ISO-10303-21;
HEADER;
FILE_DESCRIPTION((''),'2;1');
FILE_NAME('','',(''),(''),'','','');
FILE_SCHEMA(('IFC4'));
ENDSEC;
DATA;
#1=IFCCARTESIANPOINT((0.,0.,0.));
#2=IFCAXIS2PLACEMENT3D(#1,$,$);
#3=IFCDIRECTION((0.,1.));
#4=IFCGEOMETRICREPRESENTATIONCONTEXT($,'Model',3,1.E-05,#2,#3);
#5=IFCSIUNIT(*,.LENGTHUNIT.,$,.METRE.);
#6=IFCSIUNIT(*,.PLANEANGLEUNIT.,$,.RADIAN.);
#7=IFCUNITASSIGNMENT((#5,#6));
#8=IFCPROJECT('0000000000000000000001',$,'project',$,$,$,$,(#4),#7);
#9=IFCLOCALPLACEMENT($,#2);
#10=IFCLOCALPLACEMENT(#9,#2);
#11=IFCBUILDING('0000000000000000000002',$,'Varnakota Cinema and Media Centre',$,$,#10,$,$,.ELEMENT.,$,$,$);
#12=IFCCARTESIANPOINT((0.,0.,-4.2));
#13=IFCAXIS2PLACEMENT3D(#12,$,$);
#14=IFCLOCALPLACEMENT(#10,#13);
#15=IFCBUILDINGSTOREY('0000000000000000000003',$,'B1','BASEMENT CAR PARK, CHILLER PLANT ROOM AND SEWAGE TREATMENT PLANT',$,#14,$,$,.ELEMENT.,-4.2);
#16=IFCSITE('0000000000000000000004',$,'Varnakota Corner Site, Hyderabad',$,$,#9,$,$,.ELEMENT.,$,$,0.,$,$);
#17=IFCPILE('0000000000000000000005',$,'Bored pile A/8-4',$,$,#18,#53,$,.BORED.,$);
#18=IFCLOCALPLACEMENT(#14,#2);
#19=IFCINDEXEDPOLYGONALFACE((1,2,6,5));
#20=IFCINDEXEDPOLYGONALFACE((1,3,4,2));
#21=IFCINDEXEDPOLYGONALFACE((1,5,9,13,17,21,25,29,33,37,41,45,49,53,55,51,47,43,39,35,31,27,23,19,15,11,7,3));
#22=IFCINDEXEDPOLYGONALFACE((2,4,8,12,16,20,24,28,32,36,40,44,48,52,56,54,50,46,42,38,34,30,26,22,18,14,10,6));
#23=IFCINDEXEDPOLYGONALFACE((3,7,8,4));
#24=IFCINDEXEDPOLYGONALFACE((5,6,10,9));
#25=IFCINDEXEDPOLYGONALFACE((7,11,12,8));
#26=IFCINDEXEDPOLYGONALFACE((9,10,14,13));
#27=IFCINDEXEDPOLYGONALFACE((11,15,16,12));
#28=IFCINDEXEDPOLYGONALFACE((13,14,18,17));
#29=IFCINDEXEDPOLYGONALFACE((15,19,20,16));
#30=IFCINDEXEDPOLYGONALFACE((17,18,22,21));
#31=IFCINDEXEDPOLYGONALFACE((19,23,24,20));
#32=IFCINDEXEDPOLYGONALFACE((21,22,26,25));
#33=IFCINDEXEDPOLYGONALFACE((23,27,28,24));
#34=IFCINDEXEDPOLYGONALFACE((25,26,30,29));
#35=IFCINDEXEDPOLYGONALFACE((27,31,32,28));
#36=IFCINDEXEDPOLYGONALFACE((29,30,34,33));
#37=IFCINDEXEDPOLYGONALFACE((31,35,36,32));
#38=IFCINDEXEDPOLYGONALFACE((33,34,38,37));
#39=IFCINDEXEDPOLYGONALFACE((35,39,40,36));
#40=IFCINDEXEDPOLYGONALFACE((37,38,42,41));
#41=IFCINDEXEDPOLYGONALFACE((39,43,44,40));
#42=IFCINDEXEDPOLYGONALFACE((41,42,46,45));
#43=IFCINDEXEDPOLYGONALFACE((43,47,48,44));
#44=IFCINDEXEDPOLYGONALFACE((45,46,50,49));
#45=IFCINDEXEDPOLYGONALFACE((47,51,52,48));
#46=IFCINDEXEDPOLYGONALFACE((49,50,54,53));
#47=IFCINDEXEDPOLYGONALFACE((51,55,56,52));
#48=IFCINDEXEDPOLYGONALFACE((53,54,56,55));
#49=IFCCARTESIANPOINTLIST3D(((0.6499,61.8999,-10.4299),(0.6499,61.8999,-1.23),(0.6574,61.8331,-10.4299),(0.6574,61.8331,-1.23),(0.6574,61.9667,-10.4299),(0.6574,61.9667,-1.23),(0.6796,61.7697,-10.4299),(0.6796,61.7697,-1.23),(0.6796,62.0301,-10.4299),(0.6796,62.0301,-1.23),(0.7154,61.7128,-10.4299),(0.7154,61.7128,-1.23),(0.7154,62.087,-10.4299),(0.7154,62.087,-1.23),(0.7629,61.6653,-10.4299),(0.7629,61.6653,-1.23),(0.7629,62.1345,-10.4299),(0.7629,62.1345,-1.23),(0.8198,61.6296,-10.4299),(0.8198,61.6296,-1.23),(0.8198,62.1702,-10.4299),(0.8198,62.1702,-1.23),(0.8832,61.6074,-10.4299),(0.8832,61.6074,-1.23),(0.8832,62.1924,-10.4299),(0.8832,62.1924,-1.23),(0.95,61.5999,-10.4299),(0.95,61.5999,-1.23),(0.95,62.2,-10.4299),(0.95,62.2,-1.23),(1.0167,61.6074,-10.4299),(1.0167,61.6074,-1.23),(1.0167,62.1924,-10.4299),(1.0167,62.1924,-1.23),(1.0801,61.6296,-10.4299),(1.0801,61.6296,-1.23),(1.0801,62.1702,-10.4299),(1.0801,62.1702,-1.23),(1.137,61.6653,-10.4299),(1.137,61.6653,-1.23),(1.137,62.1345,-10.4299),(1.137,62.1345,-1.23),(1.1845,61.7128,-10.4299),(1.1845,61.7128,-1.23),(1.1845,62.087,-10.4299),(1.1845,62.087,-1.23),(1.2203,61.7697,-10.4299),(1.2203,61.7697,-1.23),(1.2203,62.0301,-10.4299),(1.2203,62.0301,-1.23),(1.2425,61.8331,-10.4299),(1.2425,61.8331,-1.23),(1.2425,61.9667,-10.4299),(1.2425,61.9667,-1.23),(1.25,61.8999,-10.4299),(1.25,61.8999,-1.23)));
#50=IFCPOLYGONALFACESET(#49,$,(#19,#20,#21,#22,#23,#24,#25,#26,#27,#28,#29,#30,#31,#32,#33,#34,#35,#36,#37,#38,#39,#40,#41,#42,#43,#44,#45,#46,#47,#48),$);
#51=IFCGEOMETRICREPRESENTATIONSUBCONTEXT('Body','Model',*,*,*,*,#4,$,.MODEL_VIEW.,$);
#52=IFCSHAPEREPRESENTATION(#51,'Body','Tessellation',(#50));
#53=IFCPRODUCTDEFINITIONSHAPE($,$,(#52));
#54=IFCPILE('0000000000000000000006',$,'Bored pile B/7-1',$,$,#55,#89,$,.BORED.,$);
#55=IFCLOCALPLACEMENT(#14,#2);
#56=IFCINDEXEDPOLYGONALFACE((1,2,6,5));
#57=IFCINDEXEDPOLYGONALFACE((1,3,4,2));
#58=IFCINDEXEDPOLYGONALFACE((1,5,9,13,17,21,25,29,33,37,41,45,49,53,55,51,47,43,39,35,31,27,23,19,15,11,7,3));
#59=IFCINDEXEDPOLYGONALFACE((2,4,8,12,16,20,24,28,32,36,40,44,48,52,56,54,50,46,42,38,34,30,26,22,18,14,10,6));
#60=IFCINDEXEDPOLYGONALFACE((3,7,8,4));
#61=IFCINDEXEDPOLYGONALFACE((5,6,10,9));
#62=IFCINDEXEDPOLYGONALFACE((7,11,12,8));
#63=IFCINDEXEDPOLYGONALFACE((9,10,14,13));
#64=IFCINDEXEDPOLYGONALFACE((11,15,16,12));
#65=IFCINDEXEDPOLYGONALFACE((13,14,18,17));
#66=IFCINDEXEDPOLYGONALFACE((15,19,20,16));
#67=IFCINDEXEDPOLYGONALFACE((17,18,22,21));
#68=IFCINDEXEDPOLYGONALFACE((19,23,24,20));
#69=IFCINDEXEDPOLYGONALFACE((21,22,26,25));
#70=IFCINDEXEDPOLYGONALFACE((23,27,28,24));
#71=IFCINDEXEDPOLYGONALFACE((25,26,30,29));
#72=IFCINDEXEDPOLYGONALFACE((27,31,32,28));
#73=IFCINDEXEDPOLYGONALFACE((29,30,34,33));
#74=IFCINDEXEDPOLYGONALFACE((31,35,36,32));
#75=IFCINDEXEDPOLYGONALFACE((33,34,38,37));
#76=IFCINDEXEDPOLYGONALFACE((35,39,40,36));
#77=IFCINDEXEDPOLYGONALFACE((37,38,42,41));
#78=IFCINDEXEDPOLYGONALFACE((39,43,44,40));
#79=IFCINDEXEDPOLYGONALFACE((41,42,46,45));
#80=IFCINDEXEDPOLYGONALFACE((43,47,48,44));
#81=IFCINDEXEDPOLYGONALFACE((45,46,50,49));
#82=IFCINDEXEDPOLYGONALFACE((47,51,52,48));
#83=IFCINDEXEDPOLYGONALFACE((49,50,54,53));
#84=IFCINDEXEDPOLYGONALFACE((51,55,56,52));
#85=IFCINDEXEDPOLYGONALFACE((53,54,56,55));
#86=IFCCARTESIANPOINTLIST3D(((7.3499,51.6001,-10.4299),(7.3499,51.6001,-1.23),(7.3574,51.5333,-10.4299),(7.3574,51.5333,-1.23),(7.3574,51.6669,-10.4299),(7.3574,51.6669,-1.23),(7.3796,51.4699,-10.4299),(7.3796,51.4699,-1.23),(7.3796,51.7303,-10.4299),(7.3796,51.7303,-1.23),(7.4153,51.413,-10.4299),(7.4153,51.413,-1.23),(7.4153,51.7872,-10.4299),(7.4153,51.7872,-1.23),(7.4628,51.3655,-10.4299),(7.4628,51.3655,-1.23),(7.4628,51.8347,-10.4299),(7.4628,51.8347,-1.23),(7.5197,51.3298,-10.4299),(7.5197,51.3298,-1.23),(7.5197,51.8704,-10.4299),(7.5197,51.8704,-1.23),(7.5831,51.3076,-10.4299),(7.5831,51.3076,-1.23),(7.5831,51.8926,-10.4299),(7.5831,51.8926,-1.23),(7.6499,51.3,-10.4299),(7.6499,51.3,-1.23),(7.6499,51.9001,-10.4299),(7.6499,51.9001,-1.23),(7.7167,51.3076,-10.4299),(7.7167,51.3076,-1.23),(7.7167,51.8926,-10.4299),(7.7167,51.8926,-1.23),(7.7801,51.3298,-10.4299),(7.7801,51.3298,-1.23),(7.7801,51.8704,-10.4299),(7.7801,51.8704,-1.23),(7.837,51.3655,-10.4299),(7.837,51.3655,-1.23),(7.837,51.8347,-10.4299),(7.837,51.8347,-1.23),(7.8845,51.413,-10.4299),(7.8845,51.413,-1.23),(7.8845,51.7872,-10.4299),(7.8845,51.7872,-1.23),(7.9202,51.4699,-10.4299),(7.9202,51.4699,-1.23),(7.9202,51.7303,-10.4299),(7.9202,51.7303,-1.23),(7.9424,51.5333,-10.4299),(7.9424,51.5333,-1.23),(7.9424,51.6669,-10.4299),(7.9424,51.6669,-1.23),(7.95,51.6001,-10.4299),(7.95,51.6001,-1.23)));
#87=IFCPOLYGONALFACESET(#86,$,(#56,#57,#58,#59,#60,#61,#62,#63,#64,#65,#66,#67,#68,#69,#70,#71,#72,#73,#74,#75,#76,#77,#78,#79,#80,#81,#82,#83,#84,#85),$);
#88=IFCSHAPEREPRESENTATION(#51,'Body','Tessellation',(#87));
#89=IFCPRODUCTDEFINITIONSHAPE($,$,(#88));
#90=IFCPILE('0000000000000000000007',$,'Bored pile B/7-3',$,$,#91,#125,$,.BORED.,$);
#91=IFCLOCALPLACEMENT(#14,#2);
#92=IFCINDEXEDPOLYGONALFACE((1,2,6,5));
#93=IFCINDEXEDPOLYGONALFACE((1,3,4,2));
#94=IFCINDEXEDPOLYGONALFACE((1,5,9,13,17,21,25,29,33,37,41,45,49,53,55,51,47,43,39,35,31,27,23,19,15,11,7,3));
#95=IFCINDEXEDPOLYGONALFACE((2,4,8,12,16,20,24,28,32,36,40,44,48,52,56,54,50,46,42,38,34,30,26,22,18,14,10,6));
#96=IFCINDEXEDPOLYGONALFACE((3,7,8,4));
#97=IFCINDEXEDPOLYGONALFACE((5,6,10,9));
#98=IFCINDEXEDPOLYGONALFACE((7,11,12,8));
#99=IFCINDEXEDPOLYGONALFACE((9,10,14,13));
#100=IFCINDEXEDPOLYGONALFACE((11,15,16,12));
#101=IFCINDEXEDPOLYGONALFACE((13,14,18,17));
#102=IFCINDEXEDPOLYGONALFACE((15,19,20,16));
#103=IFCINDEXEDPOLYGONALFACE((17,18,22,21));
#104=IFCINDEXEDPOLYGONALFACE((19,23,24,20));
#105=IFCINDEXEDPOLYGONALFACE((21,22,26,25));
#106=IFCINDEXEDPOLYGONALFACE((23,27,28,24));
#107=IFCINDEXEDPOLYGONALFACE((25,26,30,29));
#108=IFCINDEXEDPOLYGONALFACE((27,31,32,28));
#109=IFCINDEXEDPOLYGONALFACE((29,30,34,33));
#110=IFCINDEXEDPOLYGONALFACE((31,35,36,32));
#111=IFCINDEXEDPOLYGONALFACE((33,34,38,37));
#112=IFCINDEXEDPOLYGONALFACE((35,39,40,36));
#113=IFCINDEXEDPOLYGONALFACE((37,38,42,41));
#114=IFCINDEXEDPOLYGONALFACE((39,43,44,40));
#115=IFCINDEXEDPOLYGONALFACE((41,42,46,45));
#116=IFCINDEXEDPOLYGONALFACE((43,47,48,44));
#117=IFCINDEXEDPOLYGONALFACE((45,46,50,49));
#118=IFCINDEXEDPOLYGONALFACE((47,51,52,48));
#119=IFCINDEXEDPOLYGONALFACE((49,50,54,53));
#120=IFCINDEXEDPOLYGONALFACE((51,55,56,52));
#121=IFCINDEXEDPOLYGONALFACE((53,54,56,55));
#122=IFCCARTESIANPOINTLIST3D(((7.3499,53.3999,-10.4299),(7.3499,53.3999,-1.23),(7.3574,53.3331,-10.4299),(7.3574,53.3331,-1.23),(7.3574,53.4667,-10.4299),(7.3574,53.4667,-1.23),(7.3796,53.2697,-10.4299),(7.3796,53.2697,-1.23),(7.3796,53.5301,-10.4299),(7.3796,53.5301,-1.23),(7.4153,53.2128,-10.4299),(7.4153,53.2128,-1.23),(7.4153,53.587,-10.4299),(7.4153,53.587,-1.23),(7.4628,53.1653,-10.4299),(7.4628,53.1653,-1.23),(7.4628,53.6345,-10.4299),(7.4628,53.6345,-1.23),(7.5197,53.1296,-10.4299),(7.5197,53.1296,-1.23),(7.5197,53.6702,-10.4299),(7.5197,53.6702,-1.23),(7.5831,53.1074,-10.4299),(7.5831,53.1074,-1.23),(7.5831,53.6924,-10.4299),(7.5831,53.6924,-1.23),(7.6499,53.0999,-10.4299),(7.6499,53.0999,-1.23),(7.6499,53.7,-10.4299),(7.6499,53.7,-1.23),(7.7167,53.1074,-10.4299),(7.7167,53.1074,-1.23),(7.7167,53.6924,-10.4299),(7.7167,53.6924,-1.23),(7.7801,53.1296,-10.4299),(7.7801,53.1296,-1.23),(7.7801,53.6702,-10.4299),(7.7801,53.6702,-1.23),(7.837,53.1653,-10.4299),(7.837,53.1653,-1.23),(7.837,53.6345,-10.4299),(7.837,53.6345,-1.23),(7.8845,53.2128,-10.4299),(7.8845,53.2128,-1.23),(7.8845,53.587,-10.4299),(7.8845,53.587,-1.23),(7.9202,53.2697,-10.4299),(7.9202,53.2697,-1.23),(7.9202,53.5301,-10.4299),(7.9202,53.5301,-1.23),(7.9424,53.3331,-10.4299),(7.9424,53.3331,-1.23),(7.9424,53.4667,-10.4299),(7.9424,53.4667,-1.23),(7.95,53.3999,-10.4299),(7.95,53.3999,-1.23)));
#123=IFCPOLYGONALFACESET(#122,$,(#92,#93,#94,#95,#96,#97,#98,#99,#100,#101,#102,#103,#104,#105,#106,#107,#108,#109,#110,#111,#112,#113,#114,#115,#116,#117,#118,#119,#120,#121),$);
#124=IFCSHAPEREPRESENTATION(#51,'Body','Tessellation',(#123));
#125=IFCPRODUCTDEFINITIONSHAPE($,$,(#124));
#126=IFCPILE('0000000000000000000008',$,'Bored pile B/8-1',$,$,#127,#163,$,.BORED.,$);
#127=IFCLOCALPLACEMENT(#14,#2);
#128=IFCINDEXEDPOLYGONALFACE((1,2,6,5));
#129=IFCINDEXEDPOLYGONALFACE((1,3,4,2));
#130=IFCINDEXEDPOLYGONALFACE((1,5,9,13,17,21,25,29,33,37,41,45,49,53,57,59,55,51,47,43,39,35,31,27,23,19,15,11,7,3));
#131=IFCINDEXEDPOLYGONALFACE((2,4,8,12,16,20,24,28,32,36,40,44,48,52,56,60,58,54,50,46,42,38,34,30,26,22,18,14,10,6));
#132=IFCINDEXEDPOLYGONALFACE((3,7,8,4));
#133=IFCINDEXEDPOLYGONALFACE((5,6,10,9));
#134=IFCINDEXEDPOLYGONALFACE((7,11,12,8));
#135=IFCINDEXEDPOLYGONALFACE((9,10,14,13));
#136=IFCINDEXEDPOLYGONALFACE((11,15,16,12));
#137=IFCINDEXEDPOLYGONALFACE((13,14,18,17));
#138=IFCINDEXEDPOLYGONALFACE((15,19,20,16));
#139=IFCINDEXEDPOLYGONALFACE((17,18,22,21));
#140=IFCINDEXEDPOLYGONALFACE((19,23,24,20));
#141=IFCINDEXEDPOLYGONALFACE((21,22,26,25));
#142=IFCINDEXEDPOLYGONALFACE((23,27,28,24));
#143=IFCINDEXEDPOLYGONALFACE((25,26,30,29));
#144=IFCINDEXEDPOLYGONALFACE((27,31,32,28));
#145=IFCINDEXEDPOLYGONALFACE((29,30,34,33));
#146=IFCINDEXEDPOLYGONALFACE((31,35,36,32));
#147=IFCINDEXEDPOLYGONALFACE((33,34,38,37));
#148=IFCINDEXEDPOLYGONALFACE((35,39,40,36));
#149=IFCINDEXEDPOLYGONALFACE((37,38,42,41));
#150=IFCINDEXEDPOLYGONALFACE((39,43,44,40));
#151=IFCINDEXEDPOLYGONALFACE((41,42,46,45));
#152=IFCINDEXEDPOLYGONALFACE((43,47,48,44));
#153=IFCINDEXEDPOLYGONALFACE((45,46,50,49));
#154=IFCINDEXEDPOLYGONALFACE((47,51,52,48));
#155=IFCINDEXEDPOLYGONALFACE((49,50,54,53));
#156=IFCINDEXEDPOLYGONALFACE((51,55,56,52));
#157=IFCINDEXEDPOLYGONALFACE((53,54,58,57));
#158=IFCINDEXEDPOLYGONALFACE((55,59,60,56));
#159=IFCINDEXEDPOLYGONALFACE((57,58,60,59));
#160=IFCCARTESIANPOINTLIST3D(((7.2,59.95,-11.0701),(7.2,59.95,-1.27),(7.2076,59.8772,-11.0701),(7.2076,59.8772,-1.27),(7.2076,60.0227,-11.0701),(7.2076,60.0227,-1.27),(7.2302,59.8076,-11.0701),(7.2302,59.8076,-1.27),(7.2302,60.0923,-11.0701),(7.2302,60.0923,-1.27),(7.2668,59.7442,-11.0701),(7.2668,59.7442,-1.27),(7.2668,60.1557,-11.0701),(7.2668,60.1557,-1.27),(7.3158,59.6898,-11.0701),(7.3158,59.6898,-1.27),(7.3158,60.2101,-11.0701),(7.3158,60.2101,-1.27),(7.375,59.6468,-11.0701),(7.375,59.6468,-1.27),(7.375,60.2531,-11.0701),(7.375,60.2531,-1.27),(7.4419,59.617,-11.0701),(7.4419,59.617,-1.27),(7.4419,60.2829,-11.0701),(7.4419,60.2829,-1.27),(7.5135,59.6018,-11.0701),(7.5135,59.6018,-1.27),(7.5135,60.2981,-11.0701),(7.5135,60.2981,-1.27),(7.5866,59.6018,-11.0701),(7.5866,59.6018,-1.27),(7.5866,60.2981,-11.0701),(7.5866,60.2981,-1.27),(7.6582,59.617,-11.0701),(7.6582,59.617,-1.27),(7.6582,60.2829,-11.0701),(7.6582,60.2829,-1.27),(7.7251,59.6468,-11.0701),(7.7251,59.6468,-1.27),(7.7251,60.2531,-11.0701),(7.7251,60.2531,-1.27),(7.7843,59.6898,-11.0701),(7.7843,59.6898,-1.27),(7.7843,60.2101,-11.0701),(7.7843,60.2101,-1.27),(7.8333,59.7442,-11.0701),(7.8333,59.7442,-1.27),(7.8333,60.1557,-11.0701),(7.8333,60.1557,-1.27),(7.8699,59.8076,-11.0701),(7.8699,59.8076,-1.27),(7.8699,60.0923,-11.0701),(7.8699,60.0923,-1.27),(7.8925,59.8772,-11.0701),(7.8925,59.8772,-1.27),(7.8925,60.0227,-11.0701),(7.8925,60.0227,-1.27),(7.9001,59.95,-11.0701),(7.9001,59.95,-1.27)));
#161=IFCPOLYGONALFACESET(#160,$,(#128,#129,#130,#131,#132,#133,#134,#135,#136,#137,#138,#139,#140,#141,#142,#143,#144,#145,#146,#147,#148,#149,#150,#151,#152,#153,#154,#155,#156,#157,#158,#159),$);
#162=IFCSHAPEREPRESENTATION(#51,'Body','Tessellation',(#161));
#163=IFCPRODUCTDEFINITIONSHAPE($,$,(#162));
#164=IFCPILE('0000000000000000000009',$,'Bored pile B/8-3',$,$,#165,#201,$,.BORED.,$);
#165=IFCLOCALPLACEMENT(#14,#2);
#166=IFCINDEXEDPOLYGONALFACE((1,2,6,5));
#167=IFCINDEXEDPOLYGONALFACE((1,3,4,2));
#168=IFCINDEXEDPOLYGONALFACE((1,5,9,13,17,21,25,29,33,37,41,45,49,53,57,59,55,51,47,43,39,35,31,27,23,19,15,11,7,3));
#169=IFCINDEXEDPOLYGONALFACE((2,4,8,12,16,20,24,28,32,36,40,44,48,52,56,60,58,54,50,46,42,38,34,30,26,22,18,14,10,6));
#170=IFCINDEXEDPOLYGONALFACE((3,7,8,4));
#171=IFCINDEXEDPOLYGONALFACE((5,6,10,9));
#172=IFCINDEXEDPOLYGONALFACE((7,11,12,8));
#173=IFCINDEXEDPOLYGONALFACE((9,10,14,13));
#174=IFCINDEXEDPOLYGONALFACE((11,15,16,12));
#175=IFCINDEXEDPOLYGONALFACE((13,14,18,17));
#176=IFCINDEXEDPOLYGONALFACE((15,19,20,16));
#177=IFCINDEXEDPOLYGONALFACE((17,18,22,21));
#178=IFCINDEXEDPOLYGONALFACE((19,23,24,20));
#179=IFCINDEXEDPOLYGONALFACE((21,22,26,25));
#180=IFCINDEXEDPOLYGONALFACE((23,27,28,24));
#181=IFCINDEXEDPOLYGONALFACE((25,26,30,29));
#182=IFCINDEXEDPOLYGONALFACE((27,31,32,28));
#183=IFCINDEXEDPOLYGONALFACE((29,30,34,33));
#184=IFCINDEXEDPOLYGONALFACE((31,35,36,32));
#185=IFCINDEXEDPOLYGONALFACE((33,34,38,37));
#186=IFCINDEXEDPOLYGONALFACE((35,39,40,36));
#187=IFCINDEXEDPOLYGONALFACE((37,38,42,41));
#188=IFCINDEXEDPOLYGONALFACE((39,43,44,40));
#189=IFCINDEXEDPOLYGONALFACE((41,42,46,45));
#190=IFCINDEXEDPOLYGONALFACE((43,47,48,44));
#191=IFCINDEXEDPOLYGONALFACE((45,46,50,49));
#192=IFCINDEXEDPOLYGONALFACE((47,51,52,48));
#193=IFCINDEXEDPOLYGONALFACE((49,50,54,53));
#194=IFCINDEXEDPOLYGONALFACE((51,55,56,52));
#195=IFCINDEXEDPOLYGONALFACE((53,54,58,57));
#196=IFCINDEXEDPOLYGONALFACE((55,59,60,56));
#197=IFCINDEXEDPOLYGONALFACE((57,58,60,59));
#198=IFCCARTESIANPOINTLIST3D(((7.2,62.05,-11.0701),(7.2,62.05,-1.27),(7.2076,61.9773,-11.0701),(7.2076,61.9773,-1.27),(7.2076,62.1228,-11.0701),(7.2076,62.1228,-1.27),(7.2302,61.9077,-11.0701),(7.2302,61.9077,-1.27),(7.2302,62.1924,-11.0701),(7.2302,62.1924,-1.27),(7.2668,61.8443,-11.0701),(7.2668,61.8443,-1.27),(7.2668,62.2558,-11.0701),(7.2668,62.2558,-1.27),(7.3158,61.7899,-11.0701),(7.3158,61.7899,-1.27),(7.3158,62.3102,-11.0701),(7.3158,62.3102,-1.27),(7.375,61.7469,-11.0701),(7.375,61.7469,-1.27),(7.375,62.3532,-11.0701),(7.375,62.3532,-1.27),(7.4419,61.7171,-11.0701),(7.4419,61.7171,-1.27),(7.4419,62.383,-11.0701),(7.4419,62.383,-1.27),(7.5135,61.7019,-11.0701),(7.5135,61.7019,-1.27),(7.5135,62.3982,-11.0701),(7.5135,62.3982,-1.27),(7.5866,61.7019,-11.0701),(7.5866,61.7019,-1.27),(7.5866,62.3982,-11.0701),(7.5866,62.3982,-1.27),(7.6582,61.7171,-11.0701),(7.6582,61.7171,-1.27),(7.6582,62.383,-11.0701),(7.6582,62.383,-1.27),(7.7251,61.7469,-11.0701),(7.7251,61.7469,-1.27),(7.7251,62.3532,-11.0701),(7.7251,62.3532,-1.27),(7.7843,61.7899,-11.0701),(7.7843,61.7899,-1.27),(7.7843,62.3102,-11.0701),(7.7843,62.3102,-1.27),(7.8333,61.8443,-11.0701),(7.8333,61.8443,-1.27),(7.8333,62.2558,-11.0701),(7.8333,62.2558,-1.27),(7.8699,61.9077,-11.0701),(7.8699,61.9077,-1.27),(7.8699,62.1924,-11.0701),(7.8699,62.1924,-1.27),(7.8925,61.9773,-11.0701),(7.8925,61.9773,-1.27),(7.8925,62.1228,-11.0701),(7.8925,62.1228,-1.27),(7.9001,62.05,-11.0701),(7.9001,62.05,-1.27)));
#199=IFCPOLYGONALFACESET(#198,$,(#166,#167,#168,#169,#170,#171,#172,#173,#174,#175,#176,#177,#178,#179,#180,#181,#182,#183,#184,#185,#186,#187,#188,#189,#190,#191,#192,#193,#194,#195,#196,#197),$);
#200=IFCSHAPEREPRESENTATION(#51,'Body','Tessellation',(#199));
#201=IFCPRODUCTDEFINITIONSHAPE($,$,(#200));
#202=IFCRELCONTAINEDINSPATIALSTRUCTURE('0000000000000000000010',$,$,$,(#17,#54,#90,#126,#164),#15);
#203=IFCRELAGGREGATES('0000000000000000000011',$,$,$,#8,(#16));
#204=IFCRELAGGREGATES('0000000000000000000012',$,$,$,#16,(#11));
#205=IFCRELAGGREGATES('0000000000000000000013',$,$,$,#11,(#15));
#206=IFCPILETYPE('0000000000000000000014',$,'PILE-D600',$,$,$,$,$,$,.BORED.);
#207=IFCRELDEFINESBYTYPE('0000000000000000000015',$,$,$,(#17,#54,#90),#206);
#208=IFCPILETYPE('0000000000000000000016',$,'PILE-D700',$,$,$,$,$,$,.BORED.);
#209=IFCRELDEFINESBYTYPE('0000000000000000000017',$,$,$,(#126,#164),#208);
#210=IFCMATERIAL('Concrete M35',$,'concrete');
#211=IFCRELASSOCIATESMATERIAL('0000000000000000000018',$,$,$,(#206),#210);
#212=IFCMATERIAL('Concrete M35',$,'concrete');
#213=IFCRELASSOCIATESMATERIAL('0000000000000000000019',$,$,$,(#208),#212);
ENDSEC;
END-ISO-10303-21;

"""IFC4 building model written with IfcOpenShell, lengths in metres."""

from ifc_helpers import new_model, si_unit, direction, frame, origin, origin_2d, place, context, subcontext, project, spatial, circle, extrude, material, material_profile, profile_set, type_object, element, save


model = new_model("IFC4")

# Units and contexts
model_context = context("Model", 3, precision=1e-05, world=origin(), true_north=direction((0.0, 1.0)))
body_context = subcontext(model_context, "Body", "Model", "MODEL_VIEW")
ifc_project = project(units=[si_unit("LENGTHUNIT", "METRE"), si_unit("PLANEANGLEUNIT", "RADIAN")], contexts=[model_context])

# Site, building, storey
site_placement = place(None, origin())
site = spatial("IfcSite", under=ifc_project, at=site_placement, Name="Varnakota Corner Site, Hyderabad", CompositionType="ELEMENT", RefElevation=0.0)
building_placement = place(site_placement, origin())
building = spatial("IfcBuilding", under=site, at=building_placement, Name="Varnakota Cinema and Media Centre", CompositionType="ELEMENT")
storey_placement = place(building_placement, frame((0.0, 0.0, -4.2)))
storey = spatial("IfcBuildingStorey", under=building, at=storey_placement, Name="B1", Description="BASEMENT CAR PARK, CHILLER PLANT ROOM AND SEWAGE TREATMENT PLANT", CompositionType="ELEMENT", Elevation=-4.2)

# Piles
ifc_material_1 = material(Name="Concrete M35", Category="concrete")
ifc_material_profile_1 = material_profile(ifc_material_1, circle(Radius=0.3, at=origin_2d()), Name="PILE D600")
ifc_profile_set_1 = profile_set([ifc_material_profile_1], Name="Concrete M35")
pile_type_1 = type_object("IfcPileType", Name="PILE-D600", PredefinedType="BORED", material=ifc_profile_set_1)
for number, where, z_axis, x_axis, name in (
    (1, (0.95, 61.8999, -1.23), (0.0, 0.0, -1.0), (1.0, 0.0, 0.0), "Bored pile A/8-4"),
    (2, (7.6499, 51.6001, -1.23), (0.0, 0.0, -1.0), (1.0, 0.0, 0.0), "Bored pile B/7-1"),
    (3, (7.6499, 53.3999, -1.23), (0.0, 0.0, -1.0), (1.0, 0.0, 0.0), "Bored pile B/7-3"),
):
    element("IfcPile", number, at=place(storey_placement, frame(where, z_axis=z_axis, x_axis=x_axis)), inside=storey, type_object=pile_type_1, Name=name, PredefinedType="BORED", context=body_context, shape_type="SweptSolid", body=[
        extrude(circle(Radius=0.3, at=origin_2d()), origin(), (0.0, 0.0, 1.0), 9.2),
    ])
ifc_material_2 = material(Name="Concrete M35", Category="concrete")
ifc_material_profile_2 = material_profile(ifc_material_2, circle(Radius=0.3501, at=origin_2d()), Name="PILE D700")
ifc_profile_set_2 = profile_set([ifc_material_profile_2], Name="Concrete M35")
pile_type_2 = type_object("IfcPileType", Name="PILE-D700", PredefinedType="BORED", material=ifc_profile_set_2)
for number, where, z_axis, x_axis, name in (
    (4, (7.55, 59.95, -1.27), (0.0, 0.0, -1.0), (1.0, 0.0, 0.0), "Bored pile B/8-1"),
    (5, (7.55, 62.05, -1.27), (0.0, 0.0, -1.0), (1.0, 0.0, 0.0), "Bored pile B/8-3"),
):
    element("IfcPile", number, at=place(storey_placement, frame(where, z_axis=z_axis, x_axis=x_axis)), inside=storey, type_object=pile_type_2, Name=name, PredefinedType="BORED", context=body_context, shape_type="SweptSolid", body=[
        extrude(circle(Radius=0.3501, at=origin_2d()), origin(), (0.0, 0.0, 1.0), 9.8),
    ])

save(model, "model.ifc")
